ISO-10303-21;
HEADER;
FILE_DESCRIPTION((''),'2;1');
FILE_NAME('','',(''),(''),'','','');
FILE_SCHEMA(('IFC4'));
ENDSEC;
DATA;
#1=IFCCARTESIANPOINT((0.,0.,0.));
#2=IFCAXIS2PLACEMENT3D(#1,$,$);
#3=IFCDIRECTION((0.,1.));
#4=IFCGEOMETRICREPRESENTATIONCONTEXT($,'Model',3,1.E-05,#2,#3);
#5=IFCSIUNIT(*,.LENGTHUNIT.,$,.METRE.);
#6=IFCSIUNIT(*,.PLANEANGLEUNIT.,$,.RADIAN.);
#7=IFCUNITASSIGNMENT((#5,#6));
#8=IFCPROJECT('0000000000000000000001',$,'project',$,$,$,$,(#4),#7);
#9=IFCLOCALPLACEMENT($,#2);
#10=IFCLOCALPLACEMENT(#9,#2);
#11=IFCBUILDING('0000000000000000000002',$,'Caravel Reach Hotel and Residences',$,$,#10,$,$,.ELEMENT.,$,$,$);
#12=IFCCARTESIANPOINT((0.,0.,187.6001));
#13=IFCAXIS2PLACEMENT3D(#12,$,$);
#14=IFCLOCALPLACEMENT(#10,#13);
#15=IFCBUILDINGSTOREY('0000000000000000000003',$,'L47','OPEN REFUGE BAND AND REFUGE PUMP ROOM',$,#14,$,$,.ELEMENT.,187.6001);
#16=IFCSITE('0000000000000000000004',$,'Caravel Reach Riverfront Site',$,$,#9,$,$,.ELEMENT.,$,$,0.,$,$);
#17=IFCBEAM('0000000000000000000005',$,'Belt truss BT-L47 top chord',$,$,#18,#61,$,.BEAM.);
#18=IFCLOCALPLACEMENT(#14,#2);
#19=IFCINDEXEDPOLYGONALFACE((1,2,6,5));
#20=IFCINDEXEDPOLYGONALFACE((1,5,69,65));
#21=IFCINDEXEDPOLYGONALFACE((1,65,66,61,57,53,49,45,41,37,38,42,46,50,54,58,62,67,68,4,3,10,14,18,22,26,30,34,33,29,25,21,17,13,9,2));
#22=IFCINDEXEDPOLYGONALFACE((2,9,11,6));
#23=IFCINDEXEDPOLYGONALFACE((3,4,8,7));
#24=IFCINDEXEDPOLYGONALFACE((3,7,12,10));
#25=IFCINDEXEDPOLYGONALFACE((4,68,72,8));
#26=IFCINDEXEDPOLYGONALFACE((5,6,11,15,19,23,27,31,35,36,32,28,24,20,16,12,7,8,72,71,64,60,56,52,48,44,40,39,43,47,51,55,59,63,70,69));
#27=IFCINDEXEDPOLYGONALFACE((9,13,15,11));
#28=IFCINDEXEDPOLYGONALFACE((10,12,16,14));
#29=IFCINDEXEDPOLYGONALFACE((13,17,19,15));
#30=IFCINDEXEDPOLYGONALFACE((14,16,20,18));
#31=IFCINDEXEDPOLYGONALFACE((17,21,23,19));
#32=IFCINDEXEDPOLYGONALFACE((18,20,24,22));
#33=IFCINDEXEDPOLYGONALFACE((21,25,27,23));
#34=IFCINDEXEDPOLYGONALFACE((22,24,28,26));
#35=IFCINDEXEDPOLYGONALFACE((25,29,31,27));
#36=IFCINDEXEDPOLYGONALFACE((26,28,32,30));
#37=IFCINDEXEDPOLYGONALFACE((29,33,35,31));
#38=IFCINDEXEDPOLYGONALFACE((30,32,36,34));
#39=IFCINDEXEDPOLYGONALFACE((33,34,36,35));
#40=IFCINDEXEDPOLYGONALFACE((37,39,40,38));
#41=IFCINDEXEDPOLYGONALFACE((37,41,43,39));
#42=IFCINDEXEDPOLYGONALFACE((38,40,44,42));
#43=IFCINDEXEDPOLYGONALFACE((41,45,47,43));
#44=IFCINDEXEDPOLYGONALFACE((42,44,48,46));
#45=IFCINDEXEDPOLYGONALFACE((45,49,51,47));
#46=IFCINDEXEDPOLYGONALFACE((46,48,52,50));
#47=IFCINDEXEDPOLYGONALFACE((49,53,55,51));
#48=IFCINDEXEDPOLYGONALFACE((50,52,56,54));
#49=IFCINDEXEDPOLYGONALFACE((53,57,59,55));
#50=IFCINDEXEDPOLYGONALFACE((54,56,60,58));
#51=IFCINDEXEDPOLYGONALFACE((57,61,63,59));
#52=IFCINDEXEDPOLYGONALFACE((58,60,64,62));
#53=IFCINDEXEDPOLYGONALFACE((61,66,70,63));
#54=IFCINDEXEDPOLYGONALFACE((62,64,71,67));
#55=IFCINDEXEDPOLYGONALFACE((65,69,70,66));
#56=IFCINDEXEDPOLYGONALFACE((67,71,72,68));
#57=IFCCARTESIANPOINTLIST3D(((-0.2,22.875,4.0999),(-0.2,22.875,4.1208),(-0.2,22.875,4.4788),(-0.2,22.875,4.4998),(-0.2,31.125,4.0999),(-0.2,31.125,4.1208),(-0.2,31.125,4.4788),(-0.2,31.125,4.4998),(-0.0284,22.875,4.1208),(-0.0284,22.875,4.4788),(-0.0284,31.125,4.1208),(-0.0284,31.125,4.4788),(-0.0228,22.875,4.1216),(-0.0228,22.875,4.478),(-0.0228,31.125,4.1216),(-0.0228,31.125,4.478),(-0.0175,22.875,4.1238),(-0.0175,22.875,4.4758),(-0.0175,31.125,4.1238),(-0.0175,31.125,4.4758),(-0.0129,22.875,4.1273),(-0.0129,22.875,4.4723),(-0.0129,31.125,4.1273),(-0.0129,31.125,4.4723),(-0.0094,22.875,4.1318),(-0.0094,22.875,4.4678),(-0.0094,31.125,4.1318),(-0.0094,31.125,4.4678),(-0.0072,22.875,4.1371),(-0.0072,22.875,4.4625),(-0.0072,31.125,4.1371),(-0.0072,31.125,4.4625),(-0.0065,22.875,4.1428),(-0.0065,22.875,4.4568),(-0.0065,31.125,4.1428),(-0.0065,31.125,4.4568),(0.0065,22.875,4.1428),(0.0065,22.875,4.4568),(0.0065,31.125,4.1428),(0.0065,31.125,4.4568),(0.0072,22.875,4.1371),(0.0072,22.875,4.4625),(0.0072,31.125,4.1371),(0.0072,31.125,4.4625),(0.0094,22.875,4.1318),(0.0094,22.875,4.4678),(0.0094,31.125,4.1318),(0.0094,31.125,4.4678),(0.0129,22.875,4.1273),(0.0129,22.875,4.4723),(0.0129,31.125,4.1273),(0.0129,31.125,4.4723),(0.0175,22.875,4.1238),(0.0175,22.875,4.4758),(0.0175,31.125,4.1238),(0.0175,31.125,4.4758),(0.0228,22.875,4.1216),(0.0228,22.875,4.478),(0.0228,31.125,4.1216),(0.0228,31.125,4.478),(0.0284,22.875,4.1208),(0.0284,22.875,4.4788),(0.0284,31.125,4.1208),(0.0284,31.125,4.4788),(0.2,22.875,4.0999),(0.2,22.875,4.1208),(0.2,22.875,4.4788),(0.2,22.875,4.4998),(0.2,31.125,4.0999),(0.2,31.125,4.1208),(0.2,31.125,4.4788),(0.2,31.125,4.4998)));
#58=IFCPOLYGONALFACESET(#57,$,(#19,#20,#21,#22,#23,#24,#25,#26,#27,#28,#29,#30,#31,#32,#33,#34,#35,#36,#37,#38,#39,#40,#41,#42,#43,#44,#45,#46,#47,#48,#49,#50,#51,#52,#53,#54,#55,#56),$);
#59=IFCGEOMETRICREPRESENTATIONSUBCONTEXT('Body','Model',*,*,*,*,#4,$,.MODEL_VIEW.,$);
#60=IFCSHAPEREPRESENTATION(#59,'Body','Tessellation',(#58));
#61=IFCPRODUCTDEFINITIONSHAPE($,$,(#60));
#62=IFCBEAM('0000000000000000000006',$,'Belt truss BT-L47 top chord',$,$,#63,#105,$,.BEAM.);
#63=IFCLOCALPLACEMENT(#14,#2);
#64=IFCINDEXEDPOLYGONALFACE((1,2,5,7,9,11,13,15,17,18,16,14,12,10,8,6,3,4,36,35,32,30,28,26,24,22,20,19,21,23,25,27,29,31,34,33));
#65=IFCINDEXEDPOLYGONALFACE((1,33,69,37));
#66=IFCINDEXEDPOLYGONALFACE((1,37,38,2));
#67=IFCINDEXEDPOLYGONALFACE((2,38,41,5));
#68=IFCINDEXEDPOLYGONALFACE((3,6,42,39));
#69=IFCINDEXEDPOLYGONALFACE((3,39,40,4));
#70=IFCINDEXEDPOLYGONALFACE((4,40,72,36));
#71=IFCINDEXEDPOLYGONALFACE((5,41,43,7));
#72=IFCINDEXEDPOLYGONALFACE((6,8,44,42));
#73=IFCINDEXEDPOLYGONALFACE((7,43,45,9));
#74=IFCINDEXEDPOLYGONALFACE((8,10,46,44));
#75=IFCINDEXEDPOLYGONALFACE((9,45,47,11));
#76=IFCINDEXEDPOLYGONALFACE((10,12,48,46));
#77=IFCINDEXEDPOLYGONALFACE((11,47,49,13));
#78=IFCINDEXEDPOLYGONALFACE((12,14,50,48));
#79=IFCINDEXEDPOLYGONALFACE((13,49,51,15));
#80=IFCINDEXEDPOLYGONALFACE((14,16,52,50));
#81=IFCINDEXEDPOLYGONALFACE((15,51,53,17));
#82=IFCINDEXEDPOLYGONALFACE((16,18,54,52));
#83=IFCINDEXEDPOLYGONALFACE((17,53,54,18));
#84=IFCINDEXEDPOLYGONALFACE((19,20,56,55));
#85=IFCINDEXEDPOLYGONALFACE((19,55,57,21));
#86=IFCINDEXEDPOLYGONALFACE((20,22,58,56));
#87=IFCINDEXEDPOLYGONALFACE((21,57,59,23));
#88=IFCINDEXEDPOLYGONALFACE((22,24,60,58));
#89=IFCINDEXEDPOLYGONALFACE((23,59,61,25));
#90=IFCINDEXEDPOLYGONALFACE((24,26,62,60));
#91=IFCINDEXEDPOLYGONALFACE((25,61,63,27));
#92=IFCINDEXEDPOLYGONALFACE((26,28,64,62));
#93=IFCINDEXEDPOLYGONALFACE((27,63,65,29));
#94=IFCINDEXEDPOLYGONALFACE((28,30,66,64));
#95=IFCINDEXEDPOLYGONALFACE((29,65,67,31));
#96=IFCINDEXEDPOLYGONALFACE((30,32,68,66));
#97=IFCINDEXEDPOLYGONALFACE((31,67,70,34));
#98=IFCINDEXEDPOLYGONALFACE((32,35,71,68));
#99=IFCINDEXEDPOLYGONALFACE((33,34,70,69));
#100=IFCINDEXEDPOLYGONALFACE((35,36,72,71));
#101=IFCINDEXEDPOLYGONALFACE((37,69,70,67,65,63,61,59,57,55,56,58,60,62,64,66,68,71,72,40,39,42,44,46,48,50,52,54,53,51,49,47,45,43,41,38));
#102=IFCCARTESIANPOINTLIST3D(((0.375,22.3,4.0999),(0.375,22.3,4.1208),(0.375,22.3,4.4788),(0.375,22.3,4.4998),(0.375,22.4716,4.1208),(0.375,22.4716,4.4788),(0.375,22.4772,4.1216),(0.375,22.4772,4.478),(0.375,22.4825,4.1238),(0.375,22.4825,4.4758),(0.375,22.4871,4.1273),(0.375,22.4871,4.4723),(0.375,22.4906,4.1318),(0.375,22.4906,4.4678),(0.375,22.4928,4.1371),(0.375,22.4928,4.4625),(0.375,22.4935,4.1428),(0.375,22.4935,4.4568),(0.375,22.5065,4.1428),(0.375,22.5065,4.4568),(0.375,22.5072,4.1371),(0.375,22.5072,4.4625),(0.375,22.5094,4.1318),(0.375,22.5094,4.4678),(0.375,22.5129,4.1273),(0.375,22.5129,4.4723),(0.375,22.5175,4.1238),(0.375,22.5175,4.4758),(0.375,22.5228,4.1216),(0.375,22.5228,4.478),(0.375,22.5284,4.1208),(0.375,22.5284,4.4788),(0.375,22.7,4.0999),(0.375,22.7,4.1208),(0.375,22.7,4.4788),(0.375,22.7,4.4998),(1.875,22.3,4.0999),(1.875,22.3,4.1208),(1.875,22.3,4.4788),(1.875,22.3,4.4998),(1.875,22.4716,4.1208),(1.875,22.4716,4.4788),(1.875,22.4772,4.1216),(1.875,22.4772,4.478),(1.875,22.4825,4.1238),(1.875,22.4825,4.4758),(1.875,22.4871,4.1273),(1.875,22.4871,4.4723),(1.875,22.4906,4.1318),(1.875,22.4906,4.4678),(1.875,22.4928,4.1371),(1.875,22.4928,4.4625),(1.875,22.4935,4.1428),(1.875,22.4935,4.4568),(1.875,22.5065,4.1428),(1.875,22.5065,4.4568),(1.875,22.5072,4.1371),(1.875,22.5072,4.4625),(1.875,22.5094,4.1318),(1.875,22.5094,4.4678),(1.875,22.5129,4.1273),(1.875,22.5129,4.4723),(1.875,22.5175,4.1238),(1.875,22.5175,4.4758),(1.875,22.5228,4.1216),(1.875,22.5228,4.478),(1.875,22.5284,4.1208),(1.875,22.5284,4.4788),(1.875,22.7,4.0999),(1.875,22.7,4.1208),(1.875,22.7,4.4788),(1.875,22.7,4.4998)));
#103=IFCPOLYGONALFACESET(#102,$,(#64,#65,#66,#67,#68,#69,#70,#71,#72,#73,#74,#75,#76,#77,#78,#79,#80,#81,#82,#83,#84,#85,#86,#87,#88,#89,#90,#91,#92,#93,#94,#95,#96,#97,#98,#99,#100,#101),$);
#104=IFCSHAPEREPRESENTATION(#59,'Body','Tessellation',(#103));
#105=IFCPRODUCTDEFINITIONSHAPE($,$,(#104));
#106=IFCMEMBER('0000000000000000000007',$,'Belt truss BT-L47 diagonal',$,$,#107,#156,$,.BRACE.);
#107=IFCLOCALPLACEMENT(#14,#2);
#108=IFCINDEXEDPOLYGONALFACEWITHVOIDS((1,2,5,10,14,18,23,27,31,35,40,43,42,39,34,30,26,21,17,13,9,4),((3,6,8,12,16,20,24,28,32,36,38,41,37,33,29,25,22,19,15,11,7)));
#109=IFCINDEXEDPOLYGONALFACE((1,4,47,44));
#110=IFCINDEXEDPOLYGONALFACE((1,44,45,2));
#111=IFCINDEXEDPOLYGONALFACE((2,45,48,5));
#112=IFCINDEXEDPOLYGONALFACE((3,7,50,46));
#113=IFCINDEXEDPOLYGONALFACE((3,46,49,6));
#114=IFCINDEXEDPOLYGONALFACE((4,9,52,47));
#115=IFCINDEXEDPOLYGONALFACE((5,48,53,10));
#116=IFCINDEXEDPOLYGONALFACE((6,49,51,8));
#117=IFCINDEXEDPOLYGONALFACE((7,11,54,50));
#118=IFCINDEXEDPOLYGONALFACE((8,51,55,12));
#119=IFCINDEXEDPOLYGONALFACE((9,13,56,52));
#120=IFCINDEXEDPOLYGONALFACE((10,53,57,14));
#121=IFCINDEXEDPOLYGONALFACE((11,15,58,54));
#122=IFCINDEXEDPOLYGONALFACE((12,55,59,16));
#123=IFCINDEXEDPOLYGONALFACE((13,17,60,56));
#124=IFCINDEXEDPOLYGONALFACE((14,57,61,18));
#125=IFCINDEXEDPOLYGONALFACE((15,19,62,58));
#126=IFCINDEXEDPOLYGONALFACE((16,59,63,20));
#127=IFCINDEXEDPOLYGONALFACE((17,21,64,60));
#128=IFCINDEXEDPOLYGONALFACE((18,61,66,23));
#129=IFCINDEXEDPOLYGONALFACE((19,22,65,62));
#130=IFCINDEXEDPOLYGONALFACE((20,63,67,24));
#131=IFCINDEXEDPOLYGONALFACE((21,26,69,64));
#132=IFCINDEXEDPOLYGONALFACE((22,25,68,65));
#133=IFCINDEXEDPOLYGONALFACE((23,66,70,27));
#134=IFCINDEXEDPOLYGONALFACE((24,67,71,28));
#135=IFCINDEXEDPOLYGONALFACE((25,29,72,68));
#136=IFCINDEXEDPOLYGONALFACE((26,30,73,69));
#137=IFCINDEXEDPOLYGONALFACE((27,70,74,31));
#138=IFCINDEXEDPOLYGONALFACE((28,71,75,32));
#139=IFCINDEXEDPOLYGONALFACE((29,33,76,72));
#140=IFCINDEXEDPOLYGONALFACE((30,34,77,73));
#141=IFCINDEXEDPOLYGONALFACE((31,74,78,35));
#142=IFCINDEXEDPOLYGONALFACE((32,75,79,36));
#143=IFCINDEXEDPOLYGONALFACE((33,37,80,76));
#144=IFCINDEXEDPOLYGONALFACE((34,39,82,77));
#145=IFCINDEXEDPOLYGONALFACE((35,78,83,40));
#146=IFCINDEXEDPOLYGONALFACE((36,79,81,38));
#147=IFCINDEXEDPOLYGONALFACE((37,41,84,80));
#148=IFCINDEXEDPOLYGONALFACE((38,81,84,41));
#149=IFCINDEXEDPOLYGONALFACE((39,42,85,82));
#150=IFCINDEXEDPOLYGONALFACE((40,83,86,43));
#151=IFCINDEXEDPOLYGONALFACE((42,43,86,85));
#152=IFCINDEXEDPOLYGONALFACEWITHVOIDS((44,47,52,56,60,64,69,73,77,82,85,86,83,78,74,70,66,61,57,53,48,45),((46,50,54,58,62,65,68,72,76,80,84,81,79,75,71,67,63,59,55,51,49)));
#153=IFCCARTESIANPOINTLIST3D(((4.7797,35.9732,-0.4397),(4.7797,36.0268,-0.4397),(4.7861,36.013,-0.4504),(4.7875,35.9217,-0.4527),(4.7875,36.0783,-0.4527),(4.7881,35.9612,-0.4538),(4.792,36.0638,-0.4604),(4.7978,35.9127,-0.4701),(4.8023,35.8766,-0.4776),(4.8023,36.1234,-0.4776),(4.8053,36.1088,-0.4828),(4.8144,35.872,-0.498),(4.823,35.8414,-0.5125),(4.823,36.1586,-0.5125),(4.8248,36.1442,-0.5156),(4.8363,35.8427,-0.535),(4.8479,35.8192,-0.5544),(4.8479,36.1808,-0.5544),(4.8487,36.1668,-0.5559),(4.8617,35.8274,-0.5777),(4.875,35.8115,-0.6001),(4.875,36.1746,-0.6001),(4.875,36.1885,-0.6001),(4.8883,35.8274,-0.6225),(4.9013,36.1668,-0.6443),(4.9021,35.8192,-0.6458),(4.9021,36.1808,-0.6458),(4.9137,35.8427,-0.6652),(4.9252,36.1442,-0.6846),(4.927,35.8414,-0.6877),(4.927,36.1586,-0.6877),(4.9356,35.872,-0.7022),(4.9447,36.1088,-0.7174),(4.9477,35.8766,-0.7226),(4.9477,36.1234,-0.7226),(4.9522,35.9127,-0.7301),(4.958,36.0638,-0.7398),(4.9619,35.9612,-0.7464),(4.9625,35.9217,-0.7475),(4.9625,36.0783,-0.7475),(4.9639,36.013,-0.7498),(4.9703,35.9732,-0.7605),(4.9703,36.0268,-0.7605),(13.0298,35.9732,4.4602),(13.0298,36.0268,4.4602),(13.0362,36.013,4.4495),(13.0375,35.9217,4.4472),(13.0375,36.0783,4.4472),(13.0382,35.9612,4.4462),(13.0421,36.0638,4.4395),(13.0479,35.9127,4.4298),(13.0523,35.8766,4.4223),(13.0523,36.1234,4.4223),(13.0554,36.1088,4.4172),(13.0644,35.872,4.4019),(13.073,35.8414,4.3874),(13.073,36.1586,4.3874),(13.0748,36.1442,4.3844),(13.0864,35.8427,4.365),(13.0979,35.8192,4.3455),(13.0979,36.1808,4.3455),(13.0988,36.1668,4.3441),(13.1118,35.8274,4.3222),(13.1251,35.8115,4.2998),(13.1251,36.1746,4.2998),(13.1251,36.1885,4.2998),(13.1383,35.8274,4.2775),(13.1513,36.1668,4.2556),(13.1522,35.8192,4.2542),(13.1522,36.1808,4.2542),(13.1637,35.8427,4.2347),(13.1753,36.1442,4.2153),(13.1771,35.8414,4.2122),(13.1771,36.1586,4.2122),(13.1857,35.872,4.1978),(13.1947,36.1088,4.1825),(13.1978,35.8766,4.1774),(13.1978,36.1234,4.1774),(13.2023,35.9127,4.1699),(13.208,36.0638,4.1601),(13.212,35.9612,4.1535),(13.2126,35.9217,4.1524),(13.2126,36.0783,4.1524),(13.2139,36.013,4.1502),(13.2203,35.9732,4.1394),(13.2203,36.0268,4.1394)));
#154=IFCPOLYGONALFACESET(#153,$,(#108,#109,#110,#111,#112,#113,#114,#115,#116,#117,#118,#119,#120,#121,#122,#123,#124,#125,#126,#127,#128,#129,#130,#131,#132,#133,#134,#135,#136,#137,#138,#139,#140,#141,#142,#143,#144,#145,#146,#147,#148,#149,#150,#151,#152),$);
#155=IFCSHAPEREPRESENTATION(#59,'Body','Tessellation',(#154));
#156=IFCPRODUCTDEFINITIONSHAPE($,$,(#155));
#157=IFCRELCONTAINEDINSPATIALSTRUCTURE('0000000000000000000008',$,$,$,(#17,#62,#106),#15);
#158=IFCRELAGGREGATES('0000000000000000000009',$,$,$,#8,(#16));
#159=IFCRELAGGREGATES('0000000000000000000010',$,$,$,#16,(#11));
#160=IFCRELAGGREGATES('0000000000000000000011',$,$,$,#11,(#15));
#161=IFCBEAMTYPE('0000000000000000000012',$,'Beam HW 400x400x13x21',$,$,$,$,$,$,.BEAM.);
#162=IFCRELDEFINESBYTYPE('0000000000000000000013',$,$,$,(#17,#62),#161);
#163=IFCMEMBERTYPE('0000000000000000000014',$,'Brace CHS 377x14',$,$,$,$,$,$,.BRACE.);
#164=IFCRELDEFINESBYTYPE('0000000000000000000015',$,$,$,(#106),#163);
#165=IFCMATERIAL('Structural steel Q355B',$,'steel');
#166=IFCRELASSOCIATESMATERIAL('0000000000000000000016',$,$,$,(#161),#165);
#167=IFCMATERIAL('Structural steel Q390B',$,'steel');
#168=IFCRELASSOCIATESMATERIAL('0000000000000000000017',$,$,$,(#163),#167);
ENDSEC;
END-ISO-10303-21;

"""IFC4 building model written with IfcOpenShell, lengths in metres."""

from ifc_helpers import new_model, si_unit, direction, frame, origin, origin_2d, place, context, subcontext, project, spatial, hollow_circle, i_section, extrude, material, material_profile, profile_set, type_object, element, save


model = new_model("IFC4")

# Units and contexts
model_context = context("Model", 3, precision=1e-05, world=origin(), true_north=direction((0.0, 1.0)))
body_context = subcontext(model_context, "Body", "Model", "MODEL_VIEW")
ifc_project = project(units=[si_unit("LENGTHUNIT", "METRE"), si_unit("PLANEANGLEUNIT", "RADIAN")], contexts=[model_context])

# Site, building, storey
site_placement = place(None, origin())
site = spatial("IfcSite", under=ifc_project, at=site_placement, Name="Caravel Reach Riverfront Site", CompositionType="ELEMENT", RefElevation=0.0)
building_placement = place(site_placement, origin())
building = spatial("IfcBuilding", under=site, at=building_placement, Name="Caravel Reach Hotel and Residences", CompositionType="ELEMENT")
storey_placement = place(building_placement, frame((0.0, 0.0, 187.6001)))
storey = spatial("IfcBuildingStorey", under=building, at=storey_placement, Name="L47", Description="OPEN REFUGE BAND AND REFUGE PUMP ROOM", CompositionType="ELEMENT", Elevation=187.6001)

# Beams
ifc_material_1 = material(Name="Structural steel Q355B", Category="steel")
ifc_material_profile_1 = material_profile(ifc_material_1, i_section(OverallWidth=0.3999, OverallDepth=0.3999, WebThickness=0.0129, FlangeThickness=0.021, FilletRadius=0.022, at=origin_2d()), Name="HW 400x400x13x21")
ifc_profile_set_1 = profile_set([ifc_material_profile_1], Name="Structural steel Q355B")
beam_type_1 = type_object("IfcBeamType", Name="Beam HW 400x400x13x21", PredefinedType="BEAM", material=ifc_profile_set_1)
for number, where, z_axis, x_axis, name in (
    (1, (0.0, 31.125, 4.2998), (0.0, -1.0, 0.0), (1.0, 0.0, 0.0), "Belt truss BT-L47 top chord"),
):
    element("IfcBeam", number, at=place(storey_placement, frame(where, z_axis=z_axis, x_axis=x_axis)), inside=storey, type_object=beam_type_1, Name=name, PredefinedType="BEAM", context=body_context, shape_type="SweptSolid", body=[
        extrude(i_section(OverallWidth=0.3999, OverallDepth=0.3999, WebThickness=0.0129, FlangeThickness=0.021, FilletRadius=0.022, at=origin_2d()), origin(), (0.0, 0.0, 1.0), 8.25),
    ])
beam_1_placement = place(storey_placement, frame((0.375, 22.5, 4.2998), z_axis=(1.0, 0.0, 0.0), x_axis=(0.0, 1.0, 0.0)))
element("IfcBeam", 2, at=beam_1_placement, inside=storey, type_object=beam_type_1, Name="Belt truss BT-L47 top chord", PredefinedType="BEAM", context=body_context, shape_type="SweptSolid", body=[
    extrude(i_section(OverallWidth=0.3999, OverallDepth=0.3999, WebThickness=0.0129, FlangeThickness=0.021, FilletRadius=0.022, at=origin_2d()), origin(), (0.0, 0.0, 1.0), 1.5),
])

# Member
ifc_material_2 = material(Name="Structural steel Q390B", Category="steel")
ifc_material_profile_2 = material_profile(ifc_material_2, hollow_circle(Radius=0.1885, WallThickness=0.0139, at=origin_2d()), Name="CHS 377x14")
ifc_profile_set_2 = profile_set([ifc_material_profile_2], Name="Structural steel Q390B")
member_type = type_object("IfcMemberType", Name="Brace CHS 377x14", PredefinedType="BRACE", material=ifc_profile_set_2)
for number, where, z_axis, x_axis, name in (
    (3, (4.875, 36.0, -0.6001), (0.859788, 0.0, 0.510652), (0.0, 1.0, 0.0), "Belt truss BT-L47 diagonal"),
):
    element("IfcMember", number, at=place(storey_placement, frame(where, z_axis=z_axis, x_axis=x_axis)), inside=storey, type_object=member_type, Name=name, PredefinedType="BRACE", context=body_context, shape_type="SweptSolid", body=[
        extrude(hollow_circle(Radius=0.1885, WallThickness=0.0139, at=origin_2d()), origin(), (0.0, 0.0, 1.0), 9.5955),
    ])

save(model, "model.ifc")
